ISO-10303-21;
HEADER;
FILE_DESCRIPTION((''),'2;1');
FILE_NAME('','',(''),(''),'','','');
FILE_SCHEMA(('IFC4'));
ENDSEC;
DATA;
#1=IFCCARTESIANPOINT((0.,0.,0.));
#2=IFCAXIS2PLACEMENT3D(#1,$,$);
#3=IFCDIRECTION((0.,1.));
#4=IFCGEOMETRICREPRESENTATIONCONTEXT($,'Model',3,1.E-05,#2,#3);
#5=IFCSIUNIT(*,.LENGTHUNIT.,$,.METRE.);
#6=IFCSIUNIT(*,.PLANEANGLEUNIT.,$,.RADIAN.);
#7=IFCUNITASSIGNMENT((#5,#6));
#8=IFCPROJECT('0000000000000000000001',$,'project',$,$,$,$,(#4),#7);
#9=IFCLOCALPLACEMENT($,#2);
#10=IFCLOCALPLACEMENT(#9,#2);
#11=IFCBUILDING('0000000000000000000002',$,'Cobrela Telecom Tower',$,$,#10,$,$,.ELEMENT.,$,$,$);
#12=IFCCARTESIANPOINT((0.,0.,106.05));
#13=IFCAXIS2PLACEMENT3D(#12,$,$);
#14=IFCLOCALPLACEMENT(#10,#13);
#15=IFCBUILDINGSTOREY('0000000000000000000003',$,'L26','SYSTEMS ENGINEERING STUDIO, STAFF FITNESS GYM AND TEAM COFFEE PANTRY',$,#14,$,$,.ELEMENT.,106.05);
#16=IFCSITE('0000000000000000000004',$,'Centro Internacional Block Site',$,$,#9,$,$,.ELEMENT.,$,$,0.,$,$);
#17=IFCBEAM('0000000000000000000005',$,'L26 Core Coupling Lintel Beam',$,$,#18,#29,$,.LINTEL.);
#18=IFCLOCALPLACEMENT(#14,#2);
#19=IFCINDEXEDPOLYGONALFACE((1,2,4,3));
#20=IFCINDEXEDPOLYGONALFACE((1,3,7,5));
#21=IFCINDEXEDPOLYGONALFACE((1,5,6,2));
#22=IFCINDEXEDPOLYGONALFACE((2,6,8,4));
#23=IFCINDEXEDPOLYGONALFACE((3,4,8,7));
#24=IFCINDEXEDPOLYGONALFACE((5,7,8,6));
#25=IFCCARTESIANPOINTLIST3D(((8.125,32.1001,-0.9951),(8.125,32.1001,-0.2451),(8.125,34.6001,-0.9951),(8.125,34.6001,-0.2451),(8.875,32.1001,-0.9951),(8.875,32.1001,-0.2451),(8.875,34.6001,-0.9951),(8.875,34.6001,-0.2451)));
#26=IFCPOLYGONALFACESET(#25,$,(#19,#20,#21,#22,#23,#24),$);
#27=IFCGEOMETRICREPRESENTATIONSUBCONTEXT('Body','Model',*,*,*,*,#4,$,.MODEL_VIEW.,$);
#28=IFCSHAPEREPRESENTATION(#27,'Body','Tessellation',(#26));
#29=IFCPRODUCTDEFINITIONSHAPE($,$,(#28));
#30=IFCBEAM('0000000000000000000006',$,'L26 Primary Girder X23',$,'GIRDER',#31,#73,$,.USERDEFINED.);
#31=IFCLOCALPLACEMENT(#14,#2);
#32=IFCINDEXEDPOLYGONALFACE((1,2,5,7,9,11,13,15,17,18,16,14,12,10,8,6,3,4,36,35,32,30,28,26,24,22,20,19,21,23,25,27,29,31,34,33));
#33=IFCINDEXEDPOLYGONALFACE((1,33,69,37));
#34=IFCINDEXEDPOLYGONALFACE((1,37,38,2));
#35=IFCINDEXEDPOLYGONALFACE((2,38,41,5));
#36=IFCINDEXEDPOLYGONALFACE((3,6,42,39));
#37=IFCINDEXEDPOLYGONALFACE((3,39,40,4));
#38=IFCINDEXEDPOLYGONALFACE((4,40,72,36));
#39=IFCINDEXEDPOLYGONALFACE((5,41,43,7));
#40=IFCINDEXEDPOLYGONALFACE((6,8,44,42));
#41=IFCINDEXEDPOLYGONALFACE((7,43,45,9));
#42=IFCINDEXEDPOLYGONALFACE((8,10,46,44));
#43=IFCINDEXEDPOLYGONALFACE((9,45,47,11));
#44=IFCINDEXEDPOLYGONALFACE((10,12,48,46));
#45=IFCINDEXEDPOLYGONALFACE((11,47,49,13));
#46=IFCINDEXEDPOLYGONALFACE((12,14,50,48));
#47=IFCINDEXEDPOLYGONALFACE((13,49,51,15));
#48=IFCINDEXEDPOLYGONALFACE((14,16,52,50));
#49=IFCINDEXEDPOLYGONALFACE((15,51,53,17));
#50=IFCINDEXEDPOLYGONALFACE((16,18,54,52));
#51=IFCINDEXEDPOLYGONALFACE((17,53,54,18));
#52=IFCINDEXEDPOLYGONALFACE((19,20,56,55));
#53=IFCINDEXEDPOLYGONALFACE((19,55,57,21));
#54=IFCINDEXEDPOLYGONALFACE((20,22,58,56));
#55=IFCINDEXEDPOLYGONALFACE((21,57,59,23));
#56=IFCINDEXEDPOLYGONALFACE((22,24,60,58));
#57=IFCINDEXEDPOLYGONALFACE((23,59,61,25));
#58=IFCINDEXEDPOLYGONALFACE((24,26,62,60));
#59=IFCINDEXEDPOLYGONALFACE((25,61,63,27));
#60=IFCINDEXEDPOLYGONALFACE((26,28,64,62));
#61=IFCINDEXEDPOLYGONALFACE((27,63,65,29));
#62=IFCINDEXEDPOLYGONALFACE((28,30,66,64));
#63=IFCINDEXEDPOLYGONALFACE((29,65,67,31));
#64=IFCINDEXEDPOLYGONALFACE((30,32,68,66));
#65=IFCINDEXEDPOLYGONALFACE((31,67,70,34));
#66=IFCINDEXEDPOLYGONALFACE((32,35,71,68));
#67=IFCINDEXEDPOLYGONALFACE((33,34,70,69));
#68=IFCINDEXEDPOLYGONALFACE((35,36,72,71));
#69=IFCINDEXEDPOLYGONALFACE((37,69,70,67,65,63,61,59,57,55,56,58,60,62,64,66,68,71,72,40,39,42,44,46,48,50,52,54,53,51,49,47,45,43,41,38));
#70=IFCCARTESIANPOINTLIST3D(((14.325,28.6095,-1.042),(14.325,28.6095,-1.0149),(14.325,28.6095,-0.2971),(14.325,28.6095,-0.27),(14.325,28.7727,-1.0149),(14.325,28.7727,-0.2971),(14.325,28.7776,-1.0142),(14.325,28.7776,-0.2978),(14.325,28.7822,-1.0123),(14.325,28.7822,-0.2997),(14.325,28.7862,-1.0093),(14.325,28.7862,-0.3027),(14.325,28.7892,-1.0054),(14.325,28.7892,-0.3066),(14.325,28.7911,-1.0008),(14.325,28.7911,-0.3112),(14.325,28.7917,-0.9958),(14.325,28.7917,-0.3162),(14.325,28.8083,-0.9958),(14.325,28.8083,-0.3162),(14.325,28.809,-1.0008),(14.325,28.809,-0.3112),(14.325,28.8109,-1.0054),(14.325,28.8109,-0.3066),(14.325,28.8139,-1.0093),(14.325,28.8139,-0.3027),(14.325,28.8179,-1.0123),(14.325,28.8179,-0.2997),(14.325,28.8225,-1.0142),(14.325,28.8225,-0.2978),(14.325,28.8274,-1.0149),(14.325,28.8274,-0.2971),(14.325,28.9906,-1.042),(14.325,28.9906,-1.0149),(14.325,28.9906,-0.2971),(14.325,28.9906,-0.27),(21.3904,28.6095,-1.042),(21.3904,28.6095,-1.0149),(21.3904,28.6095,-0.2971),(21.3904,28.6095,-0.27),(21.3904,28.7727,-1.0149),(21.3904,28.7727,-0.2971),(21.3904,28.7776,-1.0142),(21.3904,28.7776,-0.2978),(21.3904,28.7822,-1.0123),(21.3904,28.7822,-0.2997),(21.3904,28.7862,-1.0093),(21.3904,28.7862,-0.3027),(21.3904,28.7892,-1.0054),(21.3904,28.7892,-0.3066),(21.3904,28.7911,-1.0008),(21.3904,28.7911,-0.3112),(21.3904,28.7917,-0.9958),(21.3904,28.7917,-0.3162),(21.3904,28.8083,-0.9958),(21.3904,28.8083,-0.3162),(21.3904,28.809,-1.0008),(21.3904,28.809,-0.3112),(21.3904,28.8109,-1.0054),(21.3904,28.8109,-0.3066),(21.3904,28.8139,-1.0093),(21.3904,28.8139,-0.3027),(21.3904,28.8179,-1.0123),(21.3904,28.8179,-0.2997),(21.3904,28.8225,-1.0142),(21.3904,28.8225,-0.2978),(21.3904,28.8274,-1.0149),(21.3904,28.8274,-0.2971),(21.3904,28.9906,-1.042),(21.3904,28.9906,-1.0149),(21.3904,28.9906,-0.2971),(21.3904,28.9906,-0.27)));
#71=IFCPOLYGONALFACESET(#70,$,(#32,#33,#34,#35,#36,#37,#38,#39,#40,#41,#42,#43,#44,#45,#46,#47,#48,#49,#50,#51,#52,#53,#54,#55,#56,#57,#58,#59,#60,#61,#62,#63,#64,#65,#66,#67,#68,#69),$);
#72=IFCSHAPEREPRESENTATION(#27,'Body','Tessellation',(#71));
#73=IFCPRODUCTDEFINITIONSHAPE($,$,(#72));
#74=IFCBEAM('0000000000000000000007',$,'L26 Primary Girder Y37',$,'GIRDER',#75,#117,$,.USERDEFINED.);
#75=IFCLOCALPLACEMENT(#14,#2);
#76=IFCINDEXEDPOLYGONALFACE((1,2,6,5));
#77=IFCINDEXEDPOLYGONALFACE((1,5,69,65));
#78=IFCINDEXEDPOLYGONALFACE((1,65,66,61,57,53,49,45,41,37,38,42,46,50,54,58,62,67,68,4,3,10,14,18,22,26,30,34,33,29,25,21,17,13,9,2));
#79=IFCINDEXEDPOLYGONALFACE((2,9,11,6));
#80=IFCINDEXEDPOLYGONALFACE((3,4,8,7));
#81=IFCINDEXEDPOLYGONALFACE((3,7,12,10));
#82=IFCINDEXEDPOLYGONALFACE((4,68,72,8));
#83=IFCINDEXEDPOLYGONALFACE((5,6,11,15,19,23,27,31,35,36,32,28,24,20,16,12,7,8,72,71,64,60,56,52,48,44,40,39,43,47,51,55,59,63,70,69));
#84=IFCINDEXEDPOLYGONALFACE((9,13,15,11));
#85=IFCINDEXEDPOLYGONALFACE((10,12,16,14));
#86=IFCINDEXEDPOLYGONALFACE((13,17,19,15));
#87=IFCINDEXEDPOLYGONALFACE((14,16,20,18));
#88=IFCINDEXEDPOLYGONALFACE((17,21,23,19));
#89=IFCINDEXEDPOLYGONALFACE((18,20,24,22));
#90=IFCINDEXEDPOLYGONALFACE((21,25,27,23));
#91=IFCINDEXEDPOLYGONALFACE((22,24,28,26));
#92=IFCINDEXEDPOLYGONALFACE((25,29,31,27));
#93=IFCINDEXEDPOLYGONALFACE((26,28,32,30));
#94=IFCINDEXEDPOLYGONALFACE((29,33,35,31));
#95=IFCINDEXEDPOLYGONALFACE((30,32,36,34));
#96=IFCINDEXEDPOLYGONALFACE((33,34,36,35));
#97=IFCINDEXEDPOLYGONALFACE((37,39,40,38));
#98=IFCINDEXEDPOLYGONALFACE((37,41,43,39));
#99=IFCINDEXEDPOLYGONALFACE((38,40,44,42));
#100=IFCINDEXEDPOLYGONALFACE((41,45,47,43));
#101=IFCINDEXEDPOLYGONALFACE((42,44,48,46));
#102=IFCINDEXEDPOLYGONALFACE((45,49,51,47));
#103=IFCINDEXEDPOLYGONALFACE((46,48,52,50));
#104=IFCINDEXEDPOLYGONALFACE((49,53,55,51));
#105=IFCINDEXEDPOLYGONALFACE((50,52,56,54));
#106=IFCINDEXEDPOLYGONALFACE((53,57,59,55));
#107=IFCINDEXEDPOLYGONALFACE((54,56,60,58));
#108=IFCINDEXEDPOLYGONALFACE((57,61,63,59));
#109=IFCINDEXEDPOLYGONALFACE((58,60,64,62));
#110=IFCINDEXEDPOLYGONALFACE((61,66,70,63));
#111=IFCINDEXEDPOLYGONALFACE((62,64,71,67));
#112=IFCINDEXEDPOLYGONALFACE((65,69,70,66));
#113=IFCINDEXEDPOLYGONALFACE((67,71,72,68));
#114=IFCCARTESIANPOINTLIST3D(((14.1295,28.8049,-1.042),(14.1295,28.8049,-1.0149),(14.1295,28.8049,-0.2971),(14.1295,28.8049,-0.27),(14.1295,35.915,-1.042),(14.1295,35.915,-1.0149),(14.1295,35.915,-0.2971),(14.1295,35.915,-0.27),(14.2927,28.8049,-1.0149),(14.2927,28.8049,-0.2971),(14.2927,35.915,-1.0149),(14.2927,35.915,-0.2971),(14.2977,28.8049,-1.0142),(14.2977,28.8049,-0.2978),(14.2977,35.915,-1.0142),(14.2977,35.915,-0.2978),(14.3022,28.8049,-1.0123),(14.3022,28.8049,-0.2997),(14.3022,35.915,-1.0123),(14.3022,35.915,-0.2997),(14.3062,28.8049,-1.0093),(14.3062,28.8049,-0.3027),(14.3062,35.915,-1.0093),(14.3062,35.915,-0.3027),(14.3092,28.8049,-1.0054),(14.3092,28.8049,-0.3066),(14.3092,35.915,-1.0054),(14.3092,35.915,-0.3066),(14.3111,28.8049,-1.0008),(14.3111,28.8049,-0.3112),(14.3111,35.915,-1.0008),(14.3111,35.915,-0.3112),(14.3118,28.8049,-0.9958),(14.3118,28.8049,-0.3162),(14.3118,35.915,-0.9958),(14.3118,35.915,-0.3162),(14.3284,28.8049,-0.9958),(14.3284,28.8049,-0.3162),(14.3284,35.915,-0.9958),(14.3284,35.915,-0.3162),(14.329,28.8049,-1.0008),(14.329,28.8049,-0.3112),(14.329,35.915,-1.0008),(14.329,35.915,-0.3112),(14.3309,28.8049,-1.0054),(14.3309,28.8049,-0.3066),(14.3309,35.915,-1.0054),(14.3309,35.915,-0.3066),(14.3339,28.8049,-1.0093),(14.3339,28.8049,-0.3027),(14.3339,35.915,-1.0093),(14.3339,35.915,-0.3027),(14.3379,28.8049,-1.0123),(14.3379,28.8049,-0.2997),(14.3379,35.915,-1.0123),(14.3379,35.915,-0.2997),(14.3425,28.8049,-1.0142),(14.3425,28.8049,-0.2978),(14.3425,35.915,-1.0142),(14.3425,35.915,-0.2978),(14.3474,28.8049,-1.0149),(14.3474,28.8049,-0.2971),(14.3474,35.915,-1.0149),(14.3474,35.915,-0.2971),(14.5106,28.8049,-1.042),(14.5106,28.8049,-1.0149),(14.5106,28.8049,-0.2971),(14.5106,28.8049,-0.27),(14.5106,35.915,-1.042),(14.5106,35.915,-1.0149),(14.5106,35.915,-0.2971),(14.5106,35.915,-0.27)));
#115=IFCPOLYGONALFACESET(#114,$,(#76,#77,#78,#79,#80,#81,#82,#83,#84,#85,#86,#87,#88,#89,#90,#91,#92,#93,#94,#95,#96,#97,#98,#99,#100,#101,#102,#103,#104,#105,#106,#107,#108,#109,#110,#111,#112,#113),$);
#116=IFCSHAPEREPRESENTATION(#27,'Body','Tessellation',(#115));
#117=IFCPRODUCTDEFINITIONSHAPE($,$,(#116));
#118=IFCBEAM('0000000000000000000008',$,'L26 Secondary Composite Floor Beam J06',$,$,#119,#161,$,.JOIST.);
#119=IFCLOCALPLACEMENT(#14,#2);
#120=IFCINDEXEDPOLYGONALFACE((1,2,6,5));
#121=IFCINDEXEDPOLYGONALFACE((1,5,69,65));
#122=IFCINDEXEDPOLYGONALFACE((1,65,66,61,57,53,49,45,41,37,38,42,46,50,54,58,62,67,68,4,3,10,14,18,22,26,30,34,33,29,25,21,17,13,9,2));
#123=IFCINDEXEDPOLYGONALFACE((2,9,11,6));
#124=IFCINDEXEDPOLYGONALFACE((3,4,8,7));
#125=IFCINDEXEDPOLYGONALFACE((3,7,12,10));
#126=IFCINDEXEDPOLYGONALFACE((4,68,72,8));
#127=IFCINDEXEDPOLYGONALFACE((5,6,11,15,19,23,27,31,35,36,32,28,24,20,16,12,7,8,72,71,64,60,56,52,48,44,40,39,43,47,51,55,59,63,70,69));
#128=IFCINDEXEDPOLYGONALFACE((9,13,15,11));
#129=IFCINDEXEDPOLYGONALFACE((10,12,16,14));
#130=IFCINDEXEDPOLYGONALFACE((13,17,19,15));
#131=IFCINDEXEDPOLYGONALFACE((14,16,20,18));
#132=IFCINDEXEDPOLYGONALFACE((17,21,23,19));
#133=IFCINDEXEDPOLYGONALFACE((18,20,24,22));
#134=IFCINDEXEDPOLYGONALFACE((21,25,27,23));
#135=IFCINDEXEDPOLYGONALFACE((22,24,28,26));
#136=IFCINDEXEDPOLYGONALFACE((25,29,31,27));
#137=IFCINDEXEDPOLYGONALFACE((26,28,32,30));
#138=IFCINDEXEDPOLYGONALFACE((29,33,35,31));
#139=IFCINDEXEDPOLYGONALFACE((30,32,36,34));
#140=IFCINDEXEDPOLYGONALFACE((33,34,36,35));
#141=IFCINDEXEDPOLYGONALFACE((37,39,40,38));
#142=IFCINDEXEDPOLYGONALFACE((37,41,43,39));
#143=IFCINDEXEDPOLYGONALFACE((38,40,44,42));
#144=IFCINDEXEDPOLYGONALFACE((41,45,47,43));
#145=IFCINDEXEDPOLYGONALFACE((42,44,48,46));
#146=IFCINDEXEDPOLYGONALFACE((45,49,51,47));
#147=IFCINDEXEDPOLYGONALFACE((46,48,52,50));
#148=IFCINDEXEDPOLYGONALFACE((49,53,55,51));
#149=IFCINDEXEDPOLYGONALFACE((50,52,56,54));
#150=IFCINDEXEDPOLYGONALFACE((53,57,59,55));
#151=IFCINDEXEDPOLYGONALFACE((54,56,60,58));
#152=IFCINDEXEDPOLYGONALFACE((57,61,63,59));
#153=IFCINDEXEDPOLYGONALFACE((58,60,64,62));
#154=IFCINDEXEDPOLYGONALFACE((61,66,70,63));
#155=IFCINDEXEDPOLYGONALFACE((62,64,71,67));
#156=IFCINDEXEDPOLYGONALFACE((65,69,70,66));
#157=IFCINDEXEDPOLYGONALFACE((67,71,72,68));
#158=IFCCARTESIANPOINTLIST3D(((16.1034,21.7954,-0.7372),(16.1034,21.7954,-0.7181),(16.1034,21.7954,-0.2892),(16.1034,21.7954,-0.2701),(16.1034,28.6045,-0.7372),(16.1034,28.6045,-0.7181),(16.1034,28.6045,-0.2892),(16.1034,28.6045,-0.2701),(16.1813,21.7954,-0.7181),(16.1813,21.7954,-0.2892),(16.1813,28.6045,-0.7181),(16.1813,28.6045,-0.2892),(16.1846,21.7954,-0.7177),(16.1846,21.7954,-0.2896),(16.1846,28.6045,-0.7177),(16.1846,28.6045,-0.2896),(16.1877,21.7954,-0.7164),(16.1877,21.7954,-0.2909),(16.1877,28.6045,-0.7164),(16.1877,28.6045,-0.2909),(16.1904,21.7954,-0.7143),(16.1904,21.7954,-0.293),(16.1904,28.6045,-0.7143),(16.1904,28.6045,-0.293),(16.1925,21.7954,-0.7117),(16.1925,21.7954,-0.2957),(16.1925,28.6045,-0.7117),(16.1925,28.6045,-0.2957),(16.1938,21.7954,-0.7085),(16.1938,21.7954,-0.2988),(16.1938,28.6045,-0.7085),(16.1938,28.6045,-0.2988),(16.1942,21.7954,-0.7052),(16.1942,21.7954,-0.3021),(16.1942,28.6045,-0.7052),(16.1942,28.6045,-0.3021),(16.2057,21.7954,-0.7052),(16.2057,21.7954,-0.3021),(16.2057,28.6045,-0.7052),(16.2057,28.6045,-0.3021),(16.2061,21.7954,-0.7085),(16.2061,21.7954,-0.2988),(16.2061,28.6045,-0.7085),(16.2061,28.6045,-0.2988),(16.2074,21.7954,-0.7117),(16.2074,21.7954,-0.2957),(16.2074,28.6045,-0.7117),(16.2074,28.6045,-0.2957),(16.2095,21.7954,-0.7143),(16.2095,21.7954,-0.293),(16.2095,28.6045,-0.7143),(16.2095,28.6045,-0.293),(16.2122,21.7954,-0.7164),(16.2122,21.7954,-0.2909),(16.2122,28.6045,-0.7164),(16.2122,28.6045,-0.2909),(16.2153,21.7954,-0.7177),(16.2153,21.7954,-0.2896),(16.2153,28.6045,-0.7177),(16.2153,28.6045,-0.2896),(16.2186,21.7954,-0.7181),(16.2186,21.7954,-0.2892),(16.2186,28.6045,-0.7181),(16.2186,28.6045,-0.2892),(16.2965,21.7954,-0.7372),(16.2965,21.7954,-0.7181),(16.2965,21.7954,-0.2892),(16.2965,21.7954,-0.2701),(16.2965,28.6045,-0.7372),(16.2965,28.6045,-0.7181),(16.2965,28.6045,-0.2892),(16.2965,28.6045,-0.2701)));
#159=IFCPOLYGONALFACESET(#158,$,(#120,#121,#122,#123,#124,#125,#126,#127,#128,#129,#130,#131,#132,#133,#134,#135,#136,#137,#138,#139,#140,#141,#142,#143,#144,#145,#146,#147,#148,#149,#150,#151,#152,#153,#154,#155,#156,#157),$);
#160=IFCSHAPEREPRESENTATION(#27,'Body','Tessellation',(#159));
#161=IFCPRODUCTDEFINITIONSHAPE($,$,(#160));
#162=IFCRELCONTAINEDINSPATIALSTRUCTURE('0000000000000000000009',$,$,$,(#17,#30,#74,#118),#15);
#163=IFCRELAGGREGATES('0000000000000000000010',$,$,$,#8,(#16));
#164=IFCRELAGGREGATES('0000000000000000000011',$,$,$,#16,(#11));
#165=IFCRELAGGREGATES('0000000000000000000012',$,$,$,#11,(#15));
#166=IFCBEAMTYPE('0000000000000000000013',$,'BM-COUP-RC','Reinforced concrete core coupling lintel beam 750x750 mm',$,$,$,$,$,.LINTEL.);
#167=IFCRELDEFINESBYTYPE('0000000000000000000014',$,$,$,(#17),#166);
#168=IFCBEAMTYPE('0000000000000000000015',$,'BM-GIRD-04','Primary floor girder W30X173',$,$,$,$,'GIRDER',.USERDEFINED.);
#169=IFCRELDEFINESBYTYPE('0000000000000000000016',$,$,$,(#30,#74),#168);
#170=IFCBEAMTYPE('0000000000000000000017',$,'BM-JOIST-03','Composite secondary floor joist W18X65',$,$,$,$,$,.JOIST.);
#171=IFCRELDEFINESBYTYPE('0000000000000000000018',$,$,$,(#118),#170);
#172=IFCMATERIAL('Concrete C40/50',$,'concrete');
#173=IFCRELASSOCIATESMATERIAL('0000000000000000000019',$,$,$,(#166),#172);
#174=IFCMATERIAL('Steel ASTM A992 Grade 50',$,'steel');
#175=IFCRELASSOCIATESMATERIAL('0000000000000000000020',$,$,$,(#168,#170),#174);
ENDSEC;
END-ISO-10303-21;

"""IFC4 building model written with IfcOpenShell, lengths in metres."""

from ifc_helpers import new_model, si_unit, direction, frame, origin, origin_2d, place, context, subcontext, project, spatial, rectangle, i_section, extrude, material, material_profile, profile_set, type_object, element, save


model = new_model("IFC4")

# Units and contexts
model_context = context("Model", 3, precision=1e-05, world=origin(), true_north=direction((0.0, 1.0)))
body_context = subcontext(model_context, "Body", "Model", "MODEL_VIEW")
ifc_project = project(units=[si_unit("LENGTHUNIT", "METRE"), si_unit("PLANEANGLEUNIT", "RADIAN")], contexts=[model_context])

# Site, building, storey
site_placement = place(None, origin())
site = spatial("IfcSite", under=ifc_project, at=site_placement, Name="Centro Internacional Block Site", CompositionType="ELEMENT", RefElevation=0.0)
building_placement = place(site_placement, origin())
building = spatial("IfcBuilding", under=site, at=building_placement, Name="Cobrela Telecom Tower", CompositionType="ELEMENT")
storey_placement = place(building_placement, frame((0.0, 0.0, 106.05)))
storey = spatial("IfcBuildingStorey", under=building, at=storey_placement, Name="L26", Description="SYSTEMS ENGINEERING STUDIO, STAFF FITNESS GYM AND TEAM COFFEE PANTRY", CompositionType="ELEMENT", Elevation=106.05)

# Beams
ifc_material_1 = material(Name="Concrete C40/50", Category="concrete")
ifc_material_profile_1 = material_profile(ifc_material_1, rectangle(XDim=0.75, YDim=0.75, at=origin_2d()), Name="RC 750x750")
ifc_profile_set_1 = profile_set([ifc_material_profile_1], Name="Concrete C40/50")
beam_type_1 = type_object("IfcBeamType", Name="BM-COUP-RC", Description="Reinforced concrete core coupling lintel beam 750x750 mm", PredefinedType="LINTEL", material=ifc_profile_set_1)
beam_1_placement = place(storey_placement, frame((8.5, 32.1001, -0.6201), z_axis=(0.0, 1.0, 0.0), x_axis=(-1.0, 0.0, 0.0)))
element("IfcBeam", 1, at=beam_1_placement, inside=storey, type_object=beam_type_1, Name="L26 Core Coupling Lintel Beam", PredefinedType="LINTEL", context=body_context, shape_type="SweptSolid", body=[
    extrude(rectangle(XDim=0.75, YDim=0.75, at=origin_2d()), origin(), (0.0, 0.0, 1.0), 2.5),
])
ifc_material_2 = material(Name="Steel ASTM A992 Grade 50", Category="steel")
ifc_material_profile_2 = material_profile(ifc_material_2, i_section(OverallWidth=0.3811, OverallDepth=0.772, WebThickness=0.0166, FlangeThickness=0.0271, FilletRadius=0.019, at=origin_2d()), Name="W30X173")
ifc_profile_set_2 = profile_set([ifc_material_profile_2], Name="Steel ASTM A992 Grade 50")
beam_type_2 = type_object("IfcBeamType", Name="BM-GIRD-04", Description="Primary floor girder W30X173", ElementType="GIRDER", PredefinedType="USERDEFINED", material=ifc_profile_set_2)
beam_2_placement = place(storey_placement, frame((14.325, 28.8, -0.656), z_axis=(1.0, 0.0, 0.0), x_axis=(0.0, 1.0, 0.0)))
element("IfcBeam", 2, at=beam_2_placement, inside=storey, type_object=beam_type_2, Name="L26 Primary Girder X23", ObjectType="GIRDER", PredefinedType="USERDEFINED", context=body_context, shape_type="SweptSolid", body=[
    extrude(i_section(OverallWidth=0.3811, OverallDepth=0.772, WebThickness=0.0166, FlangeThickness=0.0271, FilletRadius=0.019, at=origin_2d()), origin(), (0.0, 0.0, 1.0), 7.0654),
])
beam_3_placement = place(storey_placement, frame((14.3201, 28.8049, -0.656), z_axis=(0.0, 1.0, 0.0), x_axis=(-1.0, 0.0, 0.0)))
element("IfcBeam", 3, at=beam_3_placement, inside=storey, type_object=beam_type_2, Name="L26 Primary Girder Y37", ObjectType="GIRDER", PredefinedType="USERDEFINED", context=body_context, shape_type="SweptSolid", body=[
    extrude(i_section(OverallWidth=0.3811, OverallDepth=0.772, WebThickness=0.0166, FlangeThickness=0.0271, FilletRadius=0.019, at=origin_2d()), origin(), (0.0, 0.0, 1.0), 7.1101),
])
ifc_material_profile_3 = material_profile(ifc_material_2, i_section(OverallWidth=0.1931, OverallDepth=0.467, WebThickness=0.0115, FlangeThickness=0.019, FilletRadius=0.0129, at=origin_2d()), Name="W18X65")
ifc_profile_set_3 = profile_set([ifc_material_profile_3], Name="Steel ASTM A992 Grade 50")
beam_type_3 = type_object("IfcBeamType", Name="BM-JOIST-03", Description="Composite secondary floor joist W18X65", PredefinedType="JOIST", material=ifc_profile_set_3)
beam_4_placement = place(storey_placement, frame((16.2, 21.7954, -0.5037), z_axis=(0.0, 1.0, 0.0), x_axis=(-1.0, 0.0, 0.0)))
element("IfcBeam", 4, at=beam_4_placement, inside=storey, type_object=beam_type_3, Name="L26 Secondary Composite Floor Beam J06", PredefinedType="JOIST", context=body_context, shape_type="SweptSolid", body=[
    extrude(i_section(OverallWidth=0.1931, OverallDepth=0.467, WebThickness=0.0115, FlangeThickness=0.019, FilletRadius=0.0129, at=origin_2d()), origin(), (0.0, 0.0, 1.0), 6.8091),
])

save(model, "model.ifc")
